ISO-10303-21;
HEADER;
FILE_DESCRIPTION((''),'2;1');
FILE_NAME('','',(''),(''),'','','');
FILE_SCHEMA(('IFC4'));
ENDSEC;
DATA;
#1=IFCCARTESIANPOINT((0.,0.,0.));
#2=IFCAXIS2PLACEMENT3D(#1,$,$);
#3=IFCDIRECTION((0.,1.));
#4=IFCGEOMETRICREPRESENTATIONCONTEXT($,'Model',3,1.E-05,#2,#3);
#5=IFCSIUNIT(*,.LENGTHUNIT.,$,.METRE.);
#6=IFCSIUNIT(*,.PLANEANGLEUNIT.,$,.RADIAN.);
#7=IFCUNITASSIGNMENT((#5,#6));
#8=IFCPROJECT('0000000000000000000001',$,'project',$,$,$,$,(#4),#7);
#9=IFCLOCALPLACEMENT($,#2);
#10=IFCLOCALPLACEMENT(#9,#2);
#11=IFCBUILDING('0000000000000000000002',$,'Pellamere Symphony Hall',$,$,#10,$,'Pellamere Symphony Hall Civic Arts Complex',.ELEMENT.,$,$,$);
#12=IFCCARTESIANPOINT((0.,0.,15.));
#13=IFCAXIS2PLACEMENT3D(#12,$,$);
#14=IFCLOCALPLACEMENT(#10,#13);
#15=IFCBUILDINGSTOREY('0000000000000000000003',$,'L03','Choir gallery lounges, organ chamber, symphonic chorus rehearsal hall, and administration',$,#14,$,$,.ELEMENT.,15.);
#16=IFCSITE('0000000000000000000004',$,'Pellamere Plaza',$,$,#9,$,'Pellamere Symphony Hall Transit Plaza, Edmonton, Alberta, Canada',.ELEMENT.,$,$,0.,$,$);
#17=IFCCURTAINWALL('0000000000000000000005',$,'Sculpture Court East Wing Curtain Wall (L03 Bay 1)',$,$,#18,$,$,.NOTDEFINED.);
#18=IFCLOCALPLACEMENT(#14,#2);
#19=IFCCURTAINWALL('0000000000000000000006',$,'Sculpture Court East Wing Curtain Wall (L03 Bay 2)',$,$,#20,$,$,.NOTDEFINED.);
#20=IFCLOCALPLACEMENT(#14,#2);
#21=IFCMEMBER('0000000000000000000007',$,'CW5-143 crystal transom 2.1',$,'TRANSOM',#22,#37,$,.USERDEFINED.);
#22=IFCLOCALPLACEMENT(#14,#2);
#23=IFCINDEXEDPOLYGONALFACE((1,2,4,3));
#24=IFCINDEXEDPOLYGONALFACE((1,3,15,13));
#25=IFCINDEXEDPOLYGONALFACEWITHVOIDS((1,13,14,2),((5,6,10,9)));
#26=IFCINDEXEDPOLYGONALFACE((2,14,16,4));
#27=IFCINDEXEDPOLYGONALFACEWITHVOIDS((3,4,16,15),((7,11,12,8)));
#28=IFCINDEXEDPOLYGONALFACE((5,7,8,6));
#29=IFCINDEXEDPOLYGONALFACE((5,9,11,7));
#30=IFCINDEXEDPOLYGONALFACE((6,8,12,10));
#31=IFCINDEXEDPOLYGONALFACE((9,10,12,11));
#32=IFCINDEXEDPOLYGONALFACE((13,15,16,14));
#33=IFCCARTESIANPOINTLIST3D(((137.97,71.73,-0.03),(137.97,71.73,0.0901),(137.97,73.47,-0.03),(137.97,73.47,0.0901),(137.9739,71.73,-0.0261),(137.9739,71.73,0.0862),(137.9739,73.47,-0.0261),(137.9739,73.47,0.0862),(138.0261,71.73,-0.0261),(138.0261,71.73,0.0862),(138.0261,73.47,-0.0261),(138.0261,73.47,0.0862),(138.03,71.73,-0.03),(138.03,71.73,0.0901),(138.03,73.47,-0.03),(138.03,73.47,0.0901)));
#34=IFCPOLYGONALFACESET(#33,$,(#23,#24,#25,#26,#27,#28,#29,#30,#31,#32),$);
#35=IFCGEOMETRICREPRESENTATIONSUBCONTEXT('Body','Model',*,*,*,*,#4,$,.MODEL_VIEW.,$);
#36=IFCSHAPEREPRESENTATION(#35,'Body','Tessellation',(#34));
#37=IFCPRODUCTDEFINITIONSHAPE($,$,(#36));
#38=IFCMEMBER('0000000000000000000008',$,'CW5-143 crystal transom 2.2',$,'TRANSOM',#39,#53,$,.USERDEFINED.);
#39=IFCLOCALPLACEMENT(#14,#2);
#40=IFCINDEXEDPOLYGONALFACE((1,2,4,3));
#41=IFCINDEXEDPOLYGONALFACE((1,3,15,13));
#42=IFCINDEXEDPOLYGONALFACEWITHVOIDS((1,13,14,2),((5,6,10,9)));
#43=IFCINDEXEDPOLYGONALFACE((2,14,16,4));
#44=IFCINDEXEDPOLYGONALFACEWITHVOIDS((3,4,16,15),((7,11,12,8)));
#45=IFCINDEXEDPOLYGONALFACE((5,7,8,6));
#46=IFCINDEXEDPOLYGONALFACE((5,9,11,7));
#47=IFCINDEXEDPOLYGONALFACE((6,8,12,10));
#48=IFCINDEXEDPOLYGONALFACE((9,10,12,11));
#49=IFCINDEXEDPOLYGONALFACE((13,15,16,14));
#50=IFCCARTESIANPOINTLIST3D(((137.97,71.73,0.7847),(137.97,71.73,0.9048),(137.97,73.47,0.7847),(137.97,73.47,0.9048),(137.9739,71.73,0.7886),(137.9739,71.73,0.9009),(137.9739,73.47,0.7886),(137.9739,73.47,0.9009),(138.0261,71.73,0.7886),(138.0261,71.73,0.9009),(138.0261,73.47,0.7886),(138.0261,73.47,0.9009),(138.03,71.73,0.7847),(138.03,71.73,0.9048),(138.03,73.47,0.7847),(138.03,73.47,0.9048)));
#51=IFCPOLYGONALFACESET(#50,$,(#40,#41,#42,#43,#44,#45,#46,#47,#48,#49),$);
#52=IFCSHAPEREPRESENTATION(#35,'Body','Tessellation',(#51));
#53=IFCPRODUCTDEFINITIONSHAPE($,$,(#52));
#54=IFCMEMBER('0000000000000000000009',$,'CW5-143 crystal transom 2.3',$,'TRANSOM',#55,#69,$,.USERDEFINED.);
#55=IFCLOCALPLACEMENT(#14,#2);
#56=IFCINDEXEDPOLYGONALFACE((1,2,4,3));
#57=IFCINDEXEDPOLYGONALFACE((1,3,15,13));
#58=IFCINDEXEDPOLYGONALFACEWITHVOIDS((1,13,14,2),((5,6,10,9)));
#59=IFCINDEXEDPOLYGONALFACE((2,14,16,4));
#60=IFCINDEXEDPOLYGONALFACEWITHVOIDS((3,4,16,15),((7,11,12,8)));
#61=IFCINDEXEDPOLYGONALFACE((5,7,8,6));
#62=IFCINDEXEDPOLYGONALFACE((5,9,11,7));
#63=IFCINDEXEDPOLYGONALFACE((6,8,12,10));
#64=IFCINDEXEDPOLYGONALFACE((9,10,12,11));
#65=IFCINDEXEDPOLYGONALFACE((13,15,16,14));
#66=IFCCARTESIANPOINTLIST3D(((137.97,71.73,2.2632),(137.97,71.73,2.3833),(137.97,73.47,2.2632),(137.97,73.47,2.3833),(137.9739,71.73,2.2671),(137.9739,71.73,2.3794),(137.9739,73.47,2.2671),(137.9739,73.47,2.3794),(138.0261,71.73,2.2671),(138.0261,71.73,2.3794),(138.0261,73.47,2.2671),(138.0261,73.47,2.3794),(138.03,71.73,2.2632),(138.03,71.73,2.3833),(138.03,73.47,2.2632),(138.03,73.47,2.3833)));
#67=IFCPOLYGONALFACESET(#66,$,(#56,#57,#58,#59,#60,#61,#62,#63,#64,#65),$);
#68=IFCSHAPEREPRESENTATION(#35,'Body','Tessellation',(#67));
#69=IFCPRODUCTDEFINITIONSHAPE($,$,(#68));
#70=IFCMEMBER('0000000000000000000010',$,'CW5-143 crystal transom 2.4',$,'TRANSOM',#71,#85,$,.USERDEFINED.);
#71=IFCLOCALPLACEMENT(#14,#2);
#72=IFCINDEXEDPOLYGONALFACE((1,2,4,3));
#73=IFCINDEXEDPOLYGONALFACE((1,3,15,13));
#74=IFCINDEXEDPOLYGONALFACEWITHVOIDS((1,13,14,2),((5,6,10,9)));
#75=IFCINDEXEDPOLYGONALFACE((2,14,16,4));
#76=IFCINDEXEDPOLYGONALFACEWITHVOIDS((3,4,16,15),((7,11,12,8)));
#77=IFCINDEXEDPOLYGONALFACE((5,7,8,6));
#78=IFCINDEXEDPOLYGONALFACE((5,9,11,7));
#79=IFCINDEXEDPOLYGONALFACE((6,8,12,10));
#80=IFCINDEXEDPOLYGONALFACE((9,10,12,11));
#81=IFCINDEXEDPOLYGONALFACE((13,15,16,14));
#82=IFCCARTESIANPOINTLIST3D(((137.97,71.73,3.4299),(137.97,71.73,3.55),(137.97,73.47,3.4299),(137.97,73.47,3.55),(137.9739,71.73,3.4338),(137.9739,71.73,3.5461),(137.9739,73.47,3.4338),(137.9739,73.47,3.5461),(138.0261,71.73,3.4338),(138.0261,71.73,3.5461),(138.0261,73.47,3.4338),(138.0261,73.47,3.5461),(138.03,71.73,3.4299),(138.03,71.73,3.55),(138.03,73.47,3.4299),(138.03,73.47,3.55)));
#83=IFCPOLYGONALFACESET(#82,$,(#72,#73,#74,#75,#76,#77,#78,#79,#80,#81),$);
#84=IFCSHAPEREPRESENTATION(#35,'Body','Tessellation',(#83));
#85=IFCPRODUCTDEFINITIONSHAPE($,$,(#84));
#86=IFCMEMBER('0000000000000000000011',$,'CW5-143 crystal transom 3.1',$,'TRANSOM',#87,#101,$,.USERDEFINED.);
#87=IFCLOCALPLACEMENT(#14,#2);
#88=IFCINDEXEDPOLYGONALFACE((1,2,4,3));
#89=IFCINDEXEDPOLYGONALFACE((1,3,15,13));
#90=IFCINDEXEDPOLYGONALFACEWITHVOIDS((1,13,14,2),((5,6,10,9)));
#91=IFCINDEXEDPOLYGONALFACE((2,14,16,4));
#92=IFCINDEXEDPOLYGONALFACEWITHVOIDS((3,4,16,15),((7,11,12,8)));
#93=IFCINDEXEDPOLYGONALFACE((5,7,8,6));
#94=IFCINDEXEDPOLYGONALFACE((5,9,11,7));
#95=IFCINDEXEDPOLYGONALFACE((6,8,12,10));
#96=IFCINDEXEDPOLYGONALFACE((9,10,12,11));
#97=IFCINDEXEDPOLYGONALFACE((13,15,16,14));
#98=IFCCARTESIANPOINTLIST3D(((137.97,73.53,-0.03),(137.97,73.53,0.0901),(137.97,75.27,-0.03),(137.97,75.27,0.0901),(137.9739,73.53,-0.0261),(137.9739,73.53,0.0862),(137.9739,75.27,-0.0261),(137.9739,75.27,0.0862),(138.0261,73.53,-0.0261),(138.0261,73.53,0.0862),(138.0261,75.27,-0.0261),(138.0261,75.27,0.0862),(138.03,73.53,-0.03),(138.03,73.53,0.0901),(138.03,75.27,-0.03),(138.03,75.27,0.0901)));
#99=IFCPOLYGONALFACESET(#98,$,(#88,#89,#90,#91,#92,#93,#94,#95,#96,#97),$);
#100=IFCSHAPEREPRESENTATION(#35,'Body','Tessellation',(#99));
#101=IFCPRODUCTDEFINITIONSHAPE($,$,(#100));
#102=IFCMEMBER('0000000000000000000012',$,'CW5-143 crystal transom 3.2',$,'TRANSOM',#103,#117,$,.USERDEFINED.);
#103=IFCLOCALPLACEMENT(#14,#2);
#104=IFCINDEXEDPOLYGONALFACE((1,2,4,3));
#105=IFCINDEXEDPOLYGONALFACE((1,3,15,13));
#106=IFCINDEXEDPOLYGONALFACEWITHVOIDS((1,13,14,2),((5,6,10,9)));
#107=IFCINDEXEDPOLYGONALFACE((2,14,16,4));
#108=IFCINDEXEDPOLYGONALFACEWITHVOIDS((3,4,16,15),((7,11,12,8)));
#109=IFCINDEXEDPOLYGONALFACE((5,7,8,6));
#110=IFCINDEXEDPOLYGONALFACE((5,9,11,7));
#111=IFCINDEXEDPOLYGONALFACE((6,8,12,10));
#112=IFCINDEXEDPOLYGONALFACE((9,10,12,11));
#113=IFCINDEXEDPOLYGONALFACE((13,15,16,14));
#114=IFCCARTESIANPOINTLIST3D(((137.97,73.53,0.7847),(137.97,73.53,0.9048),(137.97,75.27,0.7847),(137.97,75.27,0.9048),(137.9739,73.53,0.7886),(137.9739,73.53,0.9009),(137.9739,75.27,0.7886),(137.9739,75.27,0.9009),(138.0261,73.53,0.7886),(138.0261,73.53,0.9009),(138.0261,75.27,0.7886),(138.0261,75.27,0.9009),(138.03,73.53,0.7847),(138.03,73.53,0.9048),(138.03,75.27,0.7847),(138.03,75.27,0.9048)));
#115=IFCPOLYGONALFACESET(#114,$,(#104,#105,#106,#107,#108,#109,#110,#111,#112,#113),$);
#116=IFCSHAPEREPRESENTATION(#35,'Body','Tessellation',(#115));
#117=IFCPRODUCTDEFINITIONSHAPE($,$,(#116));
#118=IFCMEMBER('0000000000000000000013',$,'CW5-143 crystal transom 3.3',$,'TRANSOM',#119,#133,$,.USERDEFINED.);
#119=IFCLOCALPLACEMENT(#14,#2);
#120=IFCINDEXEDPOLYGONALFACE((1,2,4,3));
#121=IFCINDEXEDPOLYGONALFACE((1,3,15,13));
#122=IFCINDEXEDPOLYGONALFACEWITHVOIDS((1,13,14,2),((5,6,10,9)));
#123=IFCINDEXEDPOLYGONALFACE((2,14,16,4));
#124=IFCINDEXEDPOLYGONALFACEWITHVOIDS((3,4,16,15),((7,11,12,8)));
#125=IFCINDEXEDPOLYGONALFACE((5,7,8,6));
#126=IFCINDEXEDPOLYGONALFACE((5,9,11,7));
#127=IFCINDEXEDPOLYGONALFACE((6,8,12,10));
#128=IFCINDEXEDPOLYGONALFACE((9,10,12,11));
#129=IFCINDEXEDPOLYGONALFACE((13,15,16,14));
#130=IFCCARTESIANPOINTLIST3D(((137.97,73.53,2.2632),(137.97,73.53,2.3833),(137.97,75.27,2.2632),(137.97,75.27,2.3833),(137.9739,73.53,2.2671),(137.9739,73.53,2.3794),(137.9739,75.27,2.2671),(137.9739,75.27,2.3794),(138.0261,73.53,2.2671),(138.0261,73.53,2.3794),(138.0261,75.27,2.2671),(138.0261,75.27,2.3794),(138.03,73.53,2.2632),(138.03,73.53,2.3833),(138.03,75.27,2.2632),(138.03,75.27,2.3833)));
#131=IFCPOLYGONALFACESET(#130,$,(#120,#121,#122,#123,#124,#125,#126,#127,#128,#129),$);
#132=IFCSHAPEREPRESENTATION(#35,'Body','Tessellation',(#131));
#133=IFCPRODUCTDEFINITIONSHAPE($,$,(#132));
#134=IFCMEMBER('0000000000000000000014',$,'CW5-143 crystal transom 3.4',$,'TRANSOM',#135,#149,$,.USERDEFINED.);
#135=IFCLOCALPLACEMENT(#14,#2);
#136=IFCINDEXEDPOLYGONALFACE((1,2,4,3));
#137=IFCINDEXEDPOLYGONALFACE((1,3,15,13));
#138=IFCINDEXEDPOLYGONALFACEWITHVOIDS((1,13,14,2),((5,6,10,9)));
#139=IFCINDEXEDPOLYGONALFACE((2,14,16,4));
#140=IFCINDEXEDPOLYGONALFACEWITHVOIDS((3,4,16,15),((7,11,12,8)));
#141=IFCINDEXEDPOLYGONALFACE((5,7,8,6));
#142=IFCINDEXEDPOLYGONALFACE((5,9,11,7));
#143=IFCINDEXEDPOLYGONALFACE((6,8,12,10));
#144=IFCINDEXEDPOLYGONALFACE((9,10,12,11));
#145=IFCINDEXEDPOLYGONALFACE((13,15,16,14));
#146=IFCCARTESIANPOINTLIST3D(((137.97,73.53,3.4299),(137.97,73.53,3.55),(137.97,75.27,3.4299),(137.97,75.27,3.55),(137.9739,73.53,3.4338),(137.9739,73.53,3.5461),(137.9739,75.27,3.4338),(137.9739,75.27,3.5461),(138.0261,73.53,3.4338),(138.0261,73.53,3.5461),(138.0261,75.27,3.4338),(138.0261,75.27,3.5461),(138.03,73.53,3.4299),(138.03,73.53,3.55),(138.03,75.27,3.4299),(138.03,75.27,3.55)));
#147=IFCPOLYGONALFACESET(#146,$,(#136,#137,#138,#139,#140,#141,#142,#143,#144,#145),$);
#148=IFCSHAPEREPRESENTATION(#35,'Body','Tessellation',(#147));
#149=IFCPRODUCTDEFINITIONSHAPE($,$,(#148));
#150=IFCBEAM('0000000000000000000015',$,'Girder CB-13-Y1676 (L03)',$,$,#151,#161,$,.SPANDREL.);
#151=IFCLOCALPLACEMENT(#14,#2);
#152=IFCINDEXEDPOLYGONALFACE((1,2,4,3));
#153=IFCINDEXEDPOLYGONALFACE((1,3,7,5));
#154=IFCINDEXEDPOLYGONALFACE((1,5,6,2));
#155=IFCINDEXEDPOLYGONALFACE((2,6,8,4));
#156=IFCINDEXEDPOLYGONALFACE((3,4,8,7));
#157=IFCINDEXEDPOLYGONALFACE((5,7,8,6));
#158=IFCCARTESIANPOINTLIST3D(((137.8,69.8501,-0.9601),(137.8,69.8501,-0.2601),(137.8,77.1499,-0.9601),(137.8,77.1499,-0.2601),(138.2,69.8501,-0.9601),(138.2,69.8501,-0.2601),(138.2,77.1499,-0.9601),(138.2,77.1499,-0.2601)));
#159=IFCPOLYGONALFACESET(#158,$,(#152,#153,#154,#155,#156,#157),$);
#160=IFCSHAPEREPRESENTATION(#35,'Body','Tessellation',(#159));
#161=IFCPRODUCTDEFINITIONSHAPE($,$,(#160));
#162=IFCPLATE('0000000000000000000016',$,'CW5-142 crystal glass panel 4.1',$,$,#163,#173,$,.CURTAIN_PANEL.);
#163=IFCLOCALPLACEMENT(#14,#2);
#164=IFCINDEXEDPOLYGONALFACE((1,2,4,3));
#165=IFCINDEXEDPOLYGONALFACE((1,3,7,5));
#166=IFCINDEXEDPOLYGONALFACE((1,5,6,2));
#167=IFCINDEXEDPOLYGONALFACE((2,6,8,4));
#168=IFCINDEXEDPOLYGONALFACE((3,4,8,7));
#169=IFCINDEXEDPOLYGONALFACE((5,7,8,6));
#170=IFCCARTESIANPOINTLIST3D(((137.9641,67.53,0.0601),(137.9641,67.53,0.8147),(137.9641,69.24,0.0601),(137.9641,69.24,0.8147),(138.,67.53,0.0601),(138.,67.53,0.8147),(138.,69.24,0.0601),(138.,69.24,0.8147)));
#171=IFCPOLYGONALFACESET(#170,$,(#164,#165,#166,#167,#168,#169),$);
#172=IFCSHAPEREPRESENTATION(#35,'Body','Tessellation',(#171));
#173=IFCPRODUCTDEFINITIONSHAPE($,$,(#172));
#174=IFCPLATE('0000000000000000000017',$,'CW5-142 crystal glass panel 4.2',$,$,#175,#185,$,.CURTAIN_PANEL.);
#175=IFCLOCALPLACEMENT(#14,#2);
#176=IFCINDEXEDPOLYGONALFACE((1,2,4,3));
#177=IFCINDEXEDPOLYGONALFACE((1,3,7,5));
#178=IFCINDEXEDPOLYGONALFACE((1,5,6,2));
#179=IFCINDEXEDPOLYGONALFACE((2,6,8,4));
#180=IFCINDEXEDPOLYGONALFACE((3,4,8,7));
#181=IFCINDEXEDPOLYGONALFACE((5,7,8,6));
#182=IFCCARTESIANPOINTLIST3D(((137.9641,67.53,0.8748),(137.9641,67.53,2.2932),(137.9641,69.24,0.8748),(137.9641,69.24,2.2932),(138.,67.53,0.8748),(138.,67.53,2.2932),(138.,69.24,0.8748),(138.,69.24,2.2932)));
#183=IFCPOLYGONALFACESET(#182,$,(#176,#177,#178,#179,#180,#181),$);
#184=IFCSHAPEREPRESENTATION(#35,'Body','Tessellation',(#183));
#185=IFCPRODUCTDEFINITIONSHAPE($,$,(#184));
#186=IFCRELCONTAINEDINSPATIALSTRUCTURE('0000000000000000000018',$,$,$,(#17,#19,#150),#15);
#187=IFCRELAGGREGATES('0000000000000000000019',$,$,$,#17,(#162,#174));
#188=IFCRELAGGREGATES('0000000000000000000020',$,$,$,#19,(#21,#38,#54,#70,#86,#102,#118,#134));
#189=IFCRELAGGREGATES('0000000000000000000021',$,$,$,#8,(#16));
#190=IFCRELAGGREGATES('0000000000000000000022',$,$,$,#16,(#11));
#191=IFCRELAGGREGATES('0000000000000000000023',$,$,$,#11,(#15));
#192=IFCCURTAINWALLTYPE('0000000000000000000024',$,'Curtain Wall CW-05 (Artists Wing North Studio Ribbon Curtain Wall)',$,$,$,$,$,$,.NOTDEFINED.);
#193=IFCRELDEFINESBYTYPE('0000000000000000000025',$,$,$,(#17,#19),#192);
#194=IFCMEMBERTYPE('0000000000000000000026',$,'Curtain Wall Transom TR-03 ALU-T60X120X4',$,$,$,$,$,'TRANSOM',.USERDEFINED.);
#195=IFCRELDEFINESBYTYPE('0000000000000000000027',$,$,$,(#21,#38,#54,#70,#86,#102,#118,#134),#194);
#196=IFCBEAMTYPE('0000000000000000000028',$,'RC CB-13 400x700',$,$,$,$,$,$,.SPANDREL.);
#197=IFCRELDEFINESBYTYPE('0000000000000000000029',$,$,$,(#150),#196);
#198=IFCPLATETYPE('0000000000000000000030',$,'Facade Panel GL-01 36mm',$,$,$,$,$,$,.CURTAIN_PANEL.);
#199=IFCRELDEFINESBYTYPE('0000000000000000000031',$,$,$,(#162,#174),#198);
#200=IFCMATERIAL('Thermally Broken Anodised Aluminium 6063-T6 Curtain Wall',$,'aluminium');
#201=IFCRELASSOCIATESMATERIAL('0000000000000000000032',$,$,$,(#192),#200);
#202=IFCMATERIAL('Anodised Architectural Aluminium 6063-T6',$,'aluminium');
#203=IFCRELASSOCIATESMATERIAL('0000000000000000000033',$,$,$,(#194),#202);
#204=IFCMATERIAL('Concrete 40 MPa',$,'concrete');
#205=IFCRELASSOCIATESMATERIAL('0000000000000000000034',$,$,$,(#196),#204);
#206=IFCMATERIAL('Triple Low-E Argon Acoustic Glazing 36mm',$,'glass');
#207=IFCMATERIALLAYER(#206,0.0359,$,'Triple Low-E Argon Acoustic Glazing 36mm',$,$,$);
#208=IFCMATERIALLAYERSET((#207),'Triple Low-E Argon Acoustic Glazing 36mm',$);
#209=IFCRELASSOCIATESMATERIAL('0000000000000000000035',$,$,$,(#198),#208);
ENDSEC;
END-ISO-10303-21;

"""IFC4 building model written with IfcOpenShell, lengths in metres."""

from ifc_helpers import new_model, si_unit, direction, frame, origin, origin_2d, place, context, subcontext, project, spatial, polyline, rectangle, hollow_rectangle, outline, extrude, material, layer, layer_set, material_profile, profile_set, type_object, element, aggregate, save


model = new_model("IFC4")

# Units and contexts
model_context = context("Model", 3, precision=1e-05, world=origin(), true_north=direction((0.0, 1.0)))
body_context = subcontext(model_context, "Body", "Model", "MODEL_VIEW")
ifc_project = project(units=[si_unit("LENGTHUNIT", "METRE"), si_unit("PLANEANGLEUNIT", "RADIAN")], contexts=[model_context])

# Site, building, storey
site_placement = place(None, origin())
site = spatial("IfcSite", under=ifc_project, at=site_placement, Name="Pellamere Plaza", LongName="Pellamere Symphony Hall Transit Plaza, Edmonton, Alberta, Canada", CompositionType="ELEMENT", RefElevation=0.0)
building_placement = place(site_placement, origin())
building = spatial("IfcBuilding", under=site, at=building_placement, Name="Pellamere Symphony Hall", LongName="Pellamere Symphony Hall Civic Arts Complex", CompositionType="ELEMENT")
storey_placement = place(building_placement, frame((0.0, 0.0, 15.0)))
storey = spatial("IfcBuildingStorey", under=building, at=storey_placement, Name="L03", Description="Choir gallery lounges, organ chamber, symphonic chorus rehearsal hall, and administration", CompositionType="ELEMENT", Elevation=15.0)

# Shared definitions
ifc_material_1 = material(Name="Concrete 40 MPa", Category="concrete")

# Curtain wall
ifc_material_2 = material(Name="Thermally Broken Anodised Aluminium 6063-T6 Curtain Wall", Category="aluminium")
curtain_wall_type = type_object("IfcCurtainWallType", Name="Curtain Wall CW-05 (Artists Wing North Studio Ribbon Curtain Wall)", PredefinedType="NOTDEFINED", material=ifc_material_2)
curtain_wall_1_placement = place(storey_placement, origin())
curtain_wall_1 = element("IfcCurtainWall", 1, at=curtain_wall_1_placement, inside=storey, type_object=curtain_wall_type, Name="Sculpture Court East Wing Curtain Wall (L03 Bay 1)", PredefinedType="NOTDEFINED")
ifc_material_3 = material(Name="Anodised Architectural Aluminium 6063-T6", Category="aluminium")

# Curtain wall
curtain_wall_2_placement = place(storey_placement, origin())
curtain_wall_2 = element("IfcCurtainWall", 2, at=curtain_wall_2_placement, inside=storey, type_object=curtain_wall_type, Name="Sculpture Court East Wing Curtain Wall (L03 Bay 2)", PredefinedType="NOTDEFINED")

# Members
ifc_material_profile_1 = material_profile(ifc_material_3, hollow_rectangle(XDim=0.0601, YDim=0.1201, WallThickness=0.0039, at=origin_2d()), Name="ALU-T60X120X4")
ifc_profile_set_1 = profile_set([ifc_material_profile_1], Name="Anodised Architectural Aluminium 6063-T6")
member_type_1 = type_object("IfcMemberType", Name="Curtain Wall Transom TR-03 ALU-T60X120X4", ElementType="TRANSOM", PredefinedType="USERDEFINED", material=ifc_profile_set_1)
member_1_placement = place(storey_placement, frame((138.0, 71.73, 0.03), z_axis=(0.0, 1.0, 0.0), x_axis=(-1.0, 0.0, 0.0)))
member_1 = element("IfcMember", 3, at=member_1_placement, type_object=member_type_1, Name="CW5-143 crystal transom 2.1", ObjectType="TRANSOM", PredefinedType="USERDEFINED", context=body_context, shape_type="SweptSolid", body=[
    extrude(hollow_rectangle(XDim=0.0601, YDim=0.1201, WallThickness=0.0039, at=origin_2d()), origin(), (0.0, 0.0, 1.0), 1.74),
])
member_2_placement = place(storey_placement, frame((138.0, 71.73, 0.8447), z_axis=(0.0, 1.0, 0.0), x_axis=(-1.0, 0.0, 0.0)))
member_2 = element("IfcMember", 4, at=member_2_placement, type_object=member_type_1, Name="CW5-143 crystal transom 2.2", ObjectType="TRANSOM", PredefinedType="USERDEFINED", context=body_context, shape_type="SweptSolid", body=[
    extrude(hollow_rectangle(XDim=0.0601, YDim=0.1201, WallThickness=0.0039, at=origin_2d()), origin(), (0.0, 0.0, 1.0), 1.74),
])
member_3_placement = place(storey_placement, frame((138.0, 71.73, 2.3232), z_axis=(0.0, 1.0, 0.0), x_axis=(-1.0, 0.0, 0.0)))
member_3 = element("IfcMember", 5, at=member_3_placement, type_object=member_type_1, Name="CW5-143 crystal transom 2.3", ObjectType="TRANSOM", PredefinedType="USERDEFINED", context=body_context, shape_type="SweptSolid", body=[
    extrude(hollow_rectangle(XDim=0.0601, YDim=0.1201, WallThickness=0.0039, at=origin_2d()), origin(), (0.0, 0.0, 1.0), 1.74),
])
member_4_placement = place(storey_placement, frame((138.0, 71.73, 3.49), z_axis=(0.0, 1.0, 0.0), x_axis=(-1.0, 0.0, 0.0)))
member_4 = element("IfcMember", 6, at=member_4_placement, type_object=member_type_1, Name="CW5-143 crystal transom 2.4", ObjectType="TRANSOM", PredefinedType="USERDEFINED", context=body_context, shape_type="SweptSolid", body=[
    extrude(hollow_rectangle(XDim=0.0601, YDim=0.1201, WallThickness=0.0039, at=origin_2d()), origin(), (0.0, 0.0, 1.0), 1.74),
])
member_5_placement = place(storey_placement, frame((138.0, 73.53, 0.03), z_axis=(0.0, 1.0, 0.0), x_axis=(-1.0, 0.0, 0.0)))
member_5 = element("IfcMember", 7, at=member_5_placement, type_object=member_type_1, Name="CW5-143 crystal transom 3.1", ObjectType="TRANSOM", PredefinedType="USERDEFINED", context=body_context, shape_type="SweptSolid", body=[
    extrude(hollow_rectangle(XDim=0.0601, YDim=0.1201, WallThickness=0.0039, at=origin_2d()), origin(), (0.0, 0.0, 1.0), 1.74),
])
member_6_placement = place(storey_placement, frame((138.0, 73.53, 0.8447), z_axis=(0.0, 1.0, 0.0), x_axis=(-1.0, 0.0, 0.0)))
member_6 = element("IfcMember", 8, at=member_6_placement, type_object=member_type_1, Name="CW5-143 crystal transom 3.2", ObjectType="TRANSOM", PredefinedType="USERDEFINED", context=body_context, shape_type="SweptSolid", body=[
    extrude(hollow_rectangle(XDim=0.0601, YDim=0.1201, WallThickness=0.0039, at=origin_2d()), origin(), (0.0, 0.0, 1.0), 1.74),
])
member_7_placement = place(storey_placement, frame((138.0, 73.53, 2.3232), z_axis=(0.0, 1.0, 0.0), x_axis=(-1.0, 0.0, 0.0)))
member_7 = element("IfcMember", 9, at=member_7_placement, type_object=member_type_1, Name="CW5-143 crystal transom 3.3", ObjectType="TRANSOM", PredefinedType="USERDEFINED", context=body_context, shape_type="SweptSolid", body=[
    extrude(hollow_rectangle(XDim=0.0601, YDim=0.1201, WallThickness=0.0039, at=origin_2d()), origin(), (0.0, 0.0, 1.0), 1.74),
])
member_8_placement = place(storey_placement, frame((138.0, 73.53, 3.49), z_axis=(0.0, 1.0, 0.0), x_axis=(-1.0, 0.0, 0.0)))
member_8 = element("IfcMember", 10, at=member_8_placement, type_object=member_type_1, Name="CW5-143 crystal transom 3.4", ObjectType="TRANSOM", PredefinedType="USERDEFINED", context=body_context, shape_type="SweptSolid", body=[
    extrude(hollow_rectangle(XDim=0.0601, YDim=0.1201, WallThickness=0.0039, at=origin_2d()), origin(), (0.0, 0.0, 1.0), 1.74),
])

# Beam
ifc_material_profile_2 = material_profile(ifc_material_1, rectangle(XDim=0.3999, YDim=0.7, at=origin_2d()), Name="RC 400x700")
ifc_profile_set_2 = profile_set([ifc_material_profile_2], Name="Concrete 40 MPa")
beam_type = type_object("IfcBeamType", Name="RC CB-13 400x700", PredefinedType="SPANDREL", material=ifc_profile_set_2)
beam_placement = place(storey_placement, frame((138.0, 69.8501, -0.6101), z_axis=(0.0, 1.0, 0.0), x_axis=(-1.0, 0.0, 0.0)))
element("IfcBeam", 11, at=beam_placement, inside=storey, type_object=beam_type, Name="Girder CB-13-Y1676 (L03)", PredefinedType="SPANDREL", context=body_context, shape_type="SweptSolid", body=[
    extrude(rectangle(XDim=0.3999, YDim=0.7, at=origin_2d()), origin(), (0.0, 0.0, 1.0), 7.2998),
])

# Plates
ifc_material_4 = material(Name="Triple Low-E Argon Acoustic Glazing 36mm", Category="glass")
ifc_layer = layer(ifc_material_4, 0.0359, Name="Triple Low-E Argon Acoustic Glazing 36mm")
ifc_layer_set = layer_set([ifc_layer], Name="Triple Low-E Argon Acoustic Glazing 36mm")
plate_type = type_object("IfcPlateType", Name="Facade Panel GL-01 36mm", PredefinedType="CURTAIN_PANEL", material=ifc_layer_set)
plate_1_placement = place(storey_placement, frame((138.0, 67.53, 0.0601), z_axis=(1.0, 0.0, 0.0), x_axis=(0.0, 1.0, 0.0)))
plate_1 = element("IfcPlate", 12, at=plate_1_placement, type_object=plate_type, Name="CW5-142 crystal glass panel 4.1", PredefinedType="CURTAIN_PANEL", context=body_context, shape_type="SweptSolid", body=[
    extrude(outline(polyline([(0.0, 0.0), (1.71, 0.0), (1.71, 0.7546), (0.0, 0.7546), (0.0, 0.0)])), origin(), (0.0, 0.0, -1.0), 0.0359),
])
plate_2_placement = place(storey_placement, frame((138.0, 67.53, 0.8748), z_axis=(1.0, 0.0, 0.0), x_axis=(0.0, 1.0, 0.0)))
plate_2 = element("IfcPlate", 13, at=plate_2_placement, type_object=plate_type, Name="CW5-142 crystal glass panel 4.2", PredefinedType="CURTAIN_PANEL", context=body_context, shape_type="SweptSolid", body=[
    extrude(outline(polyline([(0.0, 0.0), (1.71, 0.0), (1.71, 1.4185), (0.0, 1.4185), (0.0, 0.0)])), origin(), (0.0, 0.0, -1.0), 0.0359),
])
aggregate(curtain_wall_1, [plate_1, plate_2])
aggregate(curtain_wall_2, [member_1, member_2, member_3, member_4, member_5, member_6, member_7, member_8])

save(model, "model.ifc")
